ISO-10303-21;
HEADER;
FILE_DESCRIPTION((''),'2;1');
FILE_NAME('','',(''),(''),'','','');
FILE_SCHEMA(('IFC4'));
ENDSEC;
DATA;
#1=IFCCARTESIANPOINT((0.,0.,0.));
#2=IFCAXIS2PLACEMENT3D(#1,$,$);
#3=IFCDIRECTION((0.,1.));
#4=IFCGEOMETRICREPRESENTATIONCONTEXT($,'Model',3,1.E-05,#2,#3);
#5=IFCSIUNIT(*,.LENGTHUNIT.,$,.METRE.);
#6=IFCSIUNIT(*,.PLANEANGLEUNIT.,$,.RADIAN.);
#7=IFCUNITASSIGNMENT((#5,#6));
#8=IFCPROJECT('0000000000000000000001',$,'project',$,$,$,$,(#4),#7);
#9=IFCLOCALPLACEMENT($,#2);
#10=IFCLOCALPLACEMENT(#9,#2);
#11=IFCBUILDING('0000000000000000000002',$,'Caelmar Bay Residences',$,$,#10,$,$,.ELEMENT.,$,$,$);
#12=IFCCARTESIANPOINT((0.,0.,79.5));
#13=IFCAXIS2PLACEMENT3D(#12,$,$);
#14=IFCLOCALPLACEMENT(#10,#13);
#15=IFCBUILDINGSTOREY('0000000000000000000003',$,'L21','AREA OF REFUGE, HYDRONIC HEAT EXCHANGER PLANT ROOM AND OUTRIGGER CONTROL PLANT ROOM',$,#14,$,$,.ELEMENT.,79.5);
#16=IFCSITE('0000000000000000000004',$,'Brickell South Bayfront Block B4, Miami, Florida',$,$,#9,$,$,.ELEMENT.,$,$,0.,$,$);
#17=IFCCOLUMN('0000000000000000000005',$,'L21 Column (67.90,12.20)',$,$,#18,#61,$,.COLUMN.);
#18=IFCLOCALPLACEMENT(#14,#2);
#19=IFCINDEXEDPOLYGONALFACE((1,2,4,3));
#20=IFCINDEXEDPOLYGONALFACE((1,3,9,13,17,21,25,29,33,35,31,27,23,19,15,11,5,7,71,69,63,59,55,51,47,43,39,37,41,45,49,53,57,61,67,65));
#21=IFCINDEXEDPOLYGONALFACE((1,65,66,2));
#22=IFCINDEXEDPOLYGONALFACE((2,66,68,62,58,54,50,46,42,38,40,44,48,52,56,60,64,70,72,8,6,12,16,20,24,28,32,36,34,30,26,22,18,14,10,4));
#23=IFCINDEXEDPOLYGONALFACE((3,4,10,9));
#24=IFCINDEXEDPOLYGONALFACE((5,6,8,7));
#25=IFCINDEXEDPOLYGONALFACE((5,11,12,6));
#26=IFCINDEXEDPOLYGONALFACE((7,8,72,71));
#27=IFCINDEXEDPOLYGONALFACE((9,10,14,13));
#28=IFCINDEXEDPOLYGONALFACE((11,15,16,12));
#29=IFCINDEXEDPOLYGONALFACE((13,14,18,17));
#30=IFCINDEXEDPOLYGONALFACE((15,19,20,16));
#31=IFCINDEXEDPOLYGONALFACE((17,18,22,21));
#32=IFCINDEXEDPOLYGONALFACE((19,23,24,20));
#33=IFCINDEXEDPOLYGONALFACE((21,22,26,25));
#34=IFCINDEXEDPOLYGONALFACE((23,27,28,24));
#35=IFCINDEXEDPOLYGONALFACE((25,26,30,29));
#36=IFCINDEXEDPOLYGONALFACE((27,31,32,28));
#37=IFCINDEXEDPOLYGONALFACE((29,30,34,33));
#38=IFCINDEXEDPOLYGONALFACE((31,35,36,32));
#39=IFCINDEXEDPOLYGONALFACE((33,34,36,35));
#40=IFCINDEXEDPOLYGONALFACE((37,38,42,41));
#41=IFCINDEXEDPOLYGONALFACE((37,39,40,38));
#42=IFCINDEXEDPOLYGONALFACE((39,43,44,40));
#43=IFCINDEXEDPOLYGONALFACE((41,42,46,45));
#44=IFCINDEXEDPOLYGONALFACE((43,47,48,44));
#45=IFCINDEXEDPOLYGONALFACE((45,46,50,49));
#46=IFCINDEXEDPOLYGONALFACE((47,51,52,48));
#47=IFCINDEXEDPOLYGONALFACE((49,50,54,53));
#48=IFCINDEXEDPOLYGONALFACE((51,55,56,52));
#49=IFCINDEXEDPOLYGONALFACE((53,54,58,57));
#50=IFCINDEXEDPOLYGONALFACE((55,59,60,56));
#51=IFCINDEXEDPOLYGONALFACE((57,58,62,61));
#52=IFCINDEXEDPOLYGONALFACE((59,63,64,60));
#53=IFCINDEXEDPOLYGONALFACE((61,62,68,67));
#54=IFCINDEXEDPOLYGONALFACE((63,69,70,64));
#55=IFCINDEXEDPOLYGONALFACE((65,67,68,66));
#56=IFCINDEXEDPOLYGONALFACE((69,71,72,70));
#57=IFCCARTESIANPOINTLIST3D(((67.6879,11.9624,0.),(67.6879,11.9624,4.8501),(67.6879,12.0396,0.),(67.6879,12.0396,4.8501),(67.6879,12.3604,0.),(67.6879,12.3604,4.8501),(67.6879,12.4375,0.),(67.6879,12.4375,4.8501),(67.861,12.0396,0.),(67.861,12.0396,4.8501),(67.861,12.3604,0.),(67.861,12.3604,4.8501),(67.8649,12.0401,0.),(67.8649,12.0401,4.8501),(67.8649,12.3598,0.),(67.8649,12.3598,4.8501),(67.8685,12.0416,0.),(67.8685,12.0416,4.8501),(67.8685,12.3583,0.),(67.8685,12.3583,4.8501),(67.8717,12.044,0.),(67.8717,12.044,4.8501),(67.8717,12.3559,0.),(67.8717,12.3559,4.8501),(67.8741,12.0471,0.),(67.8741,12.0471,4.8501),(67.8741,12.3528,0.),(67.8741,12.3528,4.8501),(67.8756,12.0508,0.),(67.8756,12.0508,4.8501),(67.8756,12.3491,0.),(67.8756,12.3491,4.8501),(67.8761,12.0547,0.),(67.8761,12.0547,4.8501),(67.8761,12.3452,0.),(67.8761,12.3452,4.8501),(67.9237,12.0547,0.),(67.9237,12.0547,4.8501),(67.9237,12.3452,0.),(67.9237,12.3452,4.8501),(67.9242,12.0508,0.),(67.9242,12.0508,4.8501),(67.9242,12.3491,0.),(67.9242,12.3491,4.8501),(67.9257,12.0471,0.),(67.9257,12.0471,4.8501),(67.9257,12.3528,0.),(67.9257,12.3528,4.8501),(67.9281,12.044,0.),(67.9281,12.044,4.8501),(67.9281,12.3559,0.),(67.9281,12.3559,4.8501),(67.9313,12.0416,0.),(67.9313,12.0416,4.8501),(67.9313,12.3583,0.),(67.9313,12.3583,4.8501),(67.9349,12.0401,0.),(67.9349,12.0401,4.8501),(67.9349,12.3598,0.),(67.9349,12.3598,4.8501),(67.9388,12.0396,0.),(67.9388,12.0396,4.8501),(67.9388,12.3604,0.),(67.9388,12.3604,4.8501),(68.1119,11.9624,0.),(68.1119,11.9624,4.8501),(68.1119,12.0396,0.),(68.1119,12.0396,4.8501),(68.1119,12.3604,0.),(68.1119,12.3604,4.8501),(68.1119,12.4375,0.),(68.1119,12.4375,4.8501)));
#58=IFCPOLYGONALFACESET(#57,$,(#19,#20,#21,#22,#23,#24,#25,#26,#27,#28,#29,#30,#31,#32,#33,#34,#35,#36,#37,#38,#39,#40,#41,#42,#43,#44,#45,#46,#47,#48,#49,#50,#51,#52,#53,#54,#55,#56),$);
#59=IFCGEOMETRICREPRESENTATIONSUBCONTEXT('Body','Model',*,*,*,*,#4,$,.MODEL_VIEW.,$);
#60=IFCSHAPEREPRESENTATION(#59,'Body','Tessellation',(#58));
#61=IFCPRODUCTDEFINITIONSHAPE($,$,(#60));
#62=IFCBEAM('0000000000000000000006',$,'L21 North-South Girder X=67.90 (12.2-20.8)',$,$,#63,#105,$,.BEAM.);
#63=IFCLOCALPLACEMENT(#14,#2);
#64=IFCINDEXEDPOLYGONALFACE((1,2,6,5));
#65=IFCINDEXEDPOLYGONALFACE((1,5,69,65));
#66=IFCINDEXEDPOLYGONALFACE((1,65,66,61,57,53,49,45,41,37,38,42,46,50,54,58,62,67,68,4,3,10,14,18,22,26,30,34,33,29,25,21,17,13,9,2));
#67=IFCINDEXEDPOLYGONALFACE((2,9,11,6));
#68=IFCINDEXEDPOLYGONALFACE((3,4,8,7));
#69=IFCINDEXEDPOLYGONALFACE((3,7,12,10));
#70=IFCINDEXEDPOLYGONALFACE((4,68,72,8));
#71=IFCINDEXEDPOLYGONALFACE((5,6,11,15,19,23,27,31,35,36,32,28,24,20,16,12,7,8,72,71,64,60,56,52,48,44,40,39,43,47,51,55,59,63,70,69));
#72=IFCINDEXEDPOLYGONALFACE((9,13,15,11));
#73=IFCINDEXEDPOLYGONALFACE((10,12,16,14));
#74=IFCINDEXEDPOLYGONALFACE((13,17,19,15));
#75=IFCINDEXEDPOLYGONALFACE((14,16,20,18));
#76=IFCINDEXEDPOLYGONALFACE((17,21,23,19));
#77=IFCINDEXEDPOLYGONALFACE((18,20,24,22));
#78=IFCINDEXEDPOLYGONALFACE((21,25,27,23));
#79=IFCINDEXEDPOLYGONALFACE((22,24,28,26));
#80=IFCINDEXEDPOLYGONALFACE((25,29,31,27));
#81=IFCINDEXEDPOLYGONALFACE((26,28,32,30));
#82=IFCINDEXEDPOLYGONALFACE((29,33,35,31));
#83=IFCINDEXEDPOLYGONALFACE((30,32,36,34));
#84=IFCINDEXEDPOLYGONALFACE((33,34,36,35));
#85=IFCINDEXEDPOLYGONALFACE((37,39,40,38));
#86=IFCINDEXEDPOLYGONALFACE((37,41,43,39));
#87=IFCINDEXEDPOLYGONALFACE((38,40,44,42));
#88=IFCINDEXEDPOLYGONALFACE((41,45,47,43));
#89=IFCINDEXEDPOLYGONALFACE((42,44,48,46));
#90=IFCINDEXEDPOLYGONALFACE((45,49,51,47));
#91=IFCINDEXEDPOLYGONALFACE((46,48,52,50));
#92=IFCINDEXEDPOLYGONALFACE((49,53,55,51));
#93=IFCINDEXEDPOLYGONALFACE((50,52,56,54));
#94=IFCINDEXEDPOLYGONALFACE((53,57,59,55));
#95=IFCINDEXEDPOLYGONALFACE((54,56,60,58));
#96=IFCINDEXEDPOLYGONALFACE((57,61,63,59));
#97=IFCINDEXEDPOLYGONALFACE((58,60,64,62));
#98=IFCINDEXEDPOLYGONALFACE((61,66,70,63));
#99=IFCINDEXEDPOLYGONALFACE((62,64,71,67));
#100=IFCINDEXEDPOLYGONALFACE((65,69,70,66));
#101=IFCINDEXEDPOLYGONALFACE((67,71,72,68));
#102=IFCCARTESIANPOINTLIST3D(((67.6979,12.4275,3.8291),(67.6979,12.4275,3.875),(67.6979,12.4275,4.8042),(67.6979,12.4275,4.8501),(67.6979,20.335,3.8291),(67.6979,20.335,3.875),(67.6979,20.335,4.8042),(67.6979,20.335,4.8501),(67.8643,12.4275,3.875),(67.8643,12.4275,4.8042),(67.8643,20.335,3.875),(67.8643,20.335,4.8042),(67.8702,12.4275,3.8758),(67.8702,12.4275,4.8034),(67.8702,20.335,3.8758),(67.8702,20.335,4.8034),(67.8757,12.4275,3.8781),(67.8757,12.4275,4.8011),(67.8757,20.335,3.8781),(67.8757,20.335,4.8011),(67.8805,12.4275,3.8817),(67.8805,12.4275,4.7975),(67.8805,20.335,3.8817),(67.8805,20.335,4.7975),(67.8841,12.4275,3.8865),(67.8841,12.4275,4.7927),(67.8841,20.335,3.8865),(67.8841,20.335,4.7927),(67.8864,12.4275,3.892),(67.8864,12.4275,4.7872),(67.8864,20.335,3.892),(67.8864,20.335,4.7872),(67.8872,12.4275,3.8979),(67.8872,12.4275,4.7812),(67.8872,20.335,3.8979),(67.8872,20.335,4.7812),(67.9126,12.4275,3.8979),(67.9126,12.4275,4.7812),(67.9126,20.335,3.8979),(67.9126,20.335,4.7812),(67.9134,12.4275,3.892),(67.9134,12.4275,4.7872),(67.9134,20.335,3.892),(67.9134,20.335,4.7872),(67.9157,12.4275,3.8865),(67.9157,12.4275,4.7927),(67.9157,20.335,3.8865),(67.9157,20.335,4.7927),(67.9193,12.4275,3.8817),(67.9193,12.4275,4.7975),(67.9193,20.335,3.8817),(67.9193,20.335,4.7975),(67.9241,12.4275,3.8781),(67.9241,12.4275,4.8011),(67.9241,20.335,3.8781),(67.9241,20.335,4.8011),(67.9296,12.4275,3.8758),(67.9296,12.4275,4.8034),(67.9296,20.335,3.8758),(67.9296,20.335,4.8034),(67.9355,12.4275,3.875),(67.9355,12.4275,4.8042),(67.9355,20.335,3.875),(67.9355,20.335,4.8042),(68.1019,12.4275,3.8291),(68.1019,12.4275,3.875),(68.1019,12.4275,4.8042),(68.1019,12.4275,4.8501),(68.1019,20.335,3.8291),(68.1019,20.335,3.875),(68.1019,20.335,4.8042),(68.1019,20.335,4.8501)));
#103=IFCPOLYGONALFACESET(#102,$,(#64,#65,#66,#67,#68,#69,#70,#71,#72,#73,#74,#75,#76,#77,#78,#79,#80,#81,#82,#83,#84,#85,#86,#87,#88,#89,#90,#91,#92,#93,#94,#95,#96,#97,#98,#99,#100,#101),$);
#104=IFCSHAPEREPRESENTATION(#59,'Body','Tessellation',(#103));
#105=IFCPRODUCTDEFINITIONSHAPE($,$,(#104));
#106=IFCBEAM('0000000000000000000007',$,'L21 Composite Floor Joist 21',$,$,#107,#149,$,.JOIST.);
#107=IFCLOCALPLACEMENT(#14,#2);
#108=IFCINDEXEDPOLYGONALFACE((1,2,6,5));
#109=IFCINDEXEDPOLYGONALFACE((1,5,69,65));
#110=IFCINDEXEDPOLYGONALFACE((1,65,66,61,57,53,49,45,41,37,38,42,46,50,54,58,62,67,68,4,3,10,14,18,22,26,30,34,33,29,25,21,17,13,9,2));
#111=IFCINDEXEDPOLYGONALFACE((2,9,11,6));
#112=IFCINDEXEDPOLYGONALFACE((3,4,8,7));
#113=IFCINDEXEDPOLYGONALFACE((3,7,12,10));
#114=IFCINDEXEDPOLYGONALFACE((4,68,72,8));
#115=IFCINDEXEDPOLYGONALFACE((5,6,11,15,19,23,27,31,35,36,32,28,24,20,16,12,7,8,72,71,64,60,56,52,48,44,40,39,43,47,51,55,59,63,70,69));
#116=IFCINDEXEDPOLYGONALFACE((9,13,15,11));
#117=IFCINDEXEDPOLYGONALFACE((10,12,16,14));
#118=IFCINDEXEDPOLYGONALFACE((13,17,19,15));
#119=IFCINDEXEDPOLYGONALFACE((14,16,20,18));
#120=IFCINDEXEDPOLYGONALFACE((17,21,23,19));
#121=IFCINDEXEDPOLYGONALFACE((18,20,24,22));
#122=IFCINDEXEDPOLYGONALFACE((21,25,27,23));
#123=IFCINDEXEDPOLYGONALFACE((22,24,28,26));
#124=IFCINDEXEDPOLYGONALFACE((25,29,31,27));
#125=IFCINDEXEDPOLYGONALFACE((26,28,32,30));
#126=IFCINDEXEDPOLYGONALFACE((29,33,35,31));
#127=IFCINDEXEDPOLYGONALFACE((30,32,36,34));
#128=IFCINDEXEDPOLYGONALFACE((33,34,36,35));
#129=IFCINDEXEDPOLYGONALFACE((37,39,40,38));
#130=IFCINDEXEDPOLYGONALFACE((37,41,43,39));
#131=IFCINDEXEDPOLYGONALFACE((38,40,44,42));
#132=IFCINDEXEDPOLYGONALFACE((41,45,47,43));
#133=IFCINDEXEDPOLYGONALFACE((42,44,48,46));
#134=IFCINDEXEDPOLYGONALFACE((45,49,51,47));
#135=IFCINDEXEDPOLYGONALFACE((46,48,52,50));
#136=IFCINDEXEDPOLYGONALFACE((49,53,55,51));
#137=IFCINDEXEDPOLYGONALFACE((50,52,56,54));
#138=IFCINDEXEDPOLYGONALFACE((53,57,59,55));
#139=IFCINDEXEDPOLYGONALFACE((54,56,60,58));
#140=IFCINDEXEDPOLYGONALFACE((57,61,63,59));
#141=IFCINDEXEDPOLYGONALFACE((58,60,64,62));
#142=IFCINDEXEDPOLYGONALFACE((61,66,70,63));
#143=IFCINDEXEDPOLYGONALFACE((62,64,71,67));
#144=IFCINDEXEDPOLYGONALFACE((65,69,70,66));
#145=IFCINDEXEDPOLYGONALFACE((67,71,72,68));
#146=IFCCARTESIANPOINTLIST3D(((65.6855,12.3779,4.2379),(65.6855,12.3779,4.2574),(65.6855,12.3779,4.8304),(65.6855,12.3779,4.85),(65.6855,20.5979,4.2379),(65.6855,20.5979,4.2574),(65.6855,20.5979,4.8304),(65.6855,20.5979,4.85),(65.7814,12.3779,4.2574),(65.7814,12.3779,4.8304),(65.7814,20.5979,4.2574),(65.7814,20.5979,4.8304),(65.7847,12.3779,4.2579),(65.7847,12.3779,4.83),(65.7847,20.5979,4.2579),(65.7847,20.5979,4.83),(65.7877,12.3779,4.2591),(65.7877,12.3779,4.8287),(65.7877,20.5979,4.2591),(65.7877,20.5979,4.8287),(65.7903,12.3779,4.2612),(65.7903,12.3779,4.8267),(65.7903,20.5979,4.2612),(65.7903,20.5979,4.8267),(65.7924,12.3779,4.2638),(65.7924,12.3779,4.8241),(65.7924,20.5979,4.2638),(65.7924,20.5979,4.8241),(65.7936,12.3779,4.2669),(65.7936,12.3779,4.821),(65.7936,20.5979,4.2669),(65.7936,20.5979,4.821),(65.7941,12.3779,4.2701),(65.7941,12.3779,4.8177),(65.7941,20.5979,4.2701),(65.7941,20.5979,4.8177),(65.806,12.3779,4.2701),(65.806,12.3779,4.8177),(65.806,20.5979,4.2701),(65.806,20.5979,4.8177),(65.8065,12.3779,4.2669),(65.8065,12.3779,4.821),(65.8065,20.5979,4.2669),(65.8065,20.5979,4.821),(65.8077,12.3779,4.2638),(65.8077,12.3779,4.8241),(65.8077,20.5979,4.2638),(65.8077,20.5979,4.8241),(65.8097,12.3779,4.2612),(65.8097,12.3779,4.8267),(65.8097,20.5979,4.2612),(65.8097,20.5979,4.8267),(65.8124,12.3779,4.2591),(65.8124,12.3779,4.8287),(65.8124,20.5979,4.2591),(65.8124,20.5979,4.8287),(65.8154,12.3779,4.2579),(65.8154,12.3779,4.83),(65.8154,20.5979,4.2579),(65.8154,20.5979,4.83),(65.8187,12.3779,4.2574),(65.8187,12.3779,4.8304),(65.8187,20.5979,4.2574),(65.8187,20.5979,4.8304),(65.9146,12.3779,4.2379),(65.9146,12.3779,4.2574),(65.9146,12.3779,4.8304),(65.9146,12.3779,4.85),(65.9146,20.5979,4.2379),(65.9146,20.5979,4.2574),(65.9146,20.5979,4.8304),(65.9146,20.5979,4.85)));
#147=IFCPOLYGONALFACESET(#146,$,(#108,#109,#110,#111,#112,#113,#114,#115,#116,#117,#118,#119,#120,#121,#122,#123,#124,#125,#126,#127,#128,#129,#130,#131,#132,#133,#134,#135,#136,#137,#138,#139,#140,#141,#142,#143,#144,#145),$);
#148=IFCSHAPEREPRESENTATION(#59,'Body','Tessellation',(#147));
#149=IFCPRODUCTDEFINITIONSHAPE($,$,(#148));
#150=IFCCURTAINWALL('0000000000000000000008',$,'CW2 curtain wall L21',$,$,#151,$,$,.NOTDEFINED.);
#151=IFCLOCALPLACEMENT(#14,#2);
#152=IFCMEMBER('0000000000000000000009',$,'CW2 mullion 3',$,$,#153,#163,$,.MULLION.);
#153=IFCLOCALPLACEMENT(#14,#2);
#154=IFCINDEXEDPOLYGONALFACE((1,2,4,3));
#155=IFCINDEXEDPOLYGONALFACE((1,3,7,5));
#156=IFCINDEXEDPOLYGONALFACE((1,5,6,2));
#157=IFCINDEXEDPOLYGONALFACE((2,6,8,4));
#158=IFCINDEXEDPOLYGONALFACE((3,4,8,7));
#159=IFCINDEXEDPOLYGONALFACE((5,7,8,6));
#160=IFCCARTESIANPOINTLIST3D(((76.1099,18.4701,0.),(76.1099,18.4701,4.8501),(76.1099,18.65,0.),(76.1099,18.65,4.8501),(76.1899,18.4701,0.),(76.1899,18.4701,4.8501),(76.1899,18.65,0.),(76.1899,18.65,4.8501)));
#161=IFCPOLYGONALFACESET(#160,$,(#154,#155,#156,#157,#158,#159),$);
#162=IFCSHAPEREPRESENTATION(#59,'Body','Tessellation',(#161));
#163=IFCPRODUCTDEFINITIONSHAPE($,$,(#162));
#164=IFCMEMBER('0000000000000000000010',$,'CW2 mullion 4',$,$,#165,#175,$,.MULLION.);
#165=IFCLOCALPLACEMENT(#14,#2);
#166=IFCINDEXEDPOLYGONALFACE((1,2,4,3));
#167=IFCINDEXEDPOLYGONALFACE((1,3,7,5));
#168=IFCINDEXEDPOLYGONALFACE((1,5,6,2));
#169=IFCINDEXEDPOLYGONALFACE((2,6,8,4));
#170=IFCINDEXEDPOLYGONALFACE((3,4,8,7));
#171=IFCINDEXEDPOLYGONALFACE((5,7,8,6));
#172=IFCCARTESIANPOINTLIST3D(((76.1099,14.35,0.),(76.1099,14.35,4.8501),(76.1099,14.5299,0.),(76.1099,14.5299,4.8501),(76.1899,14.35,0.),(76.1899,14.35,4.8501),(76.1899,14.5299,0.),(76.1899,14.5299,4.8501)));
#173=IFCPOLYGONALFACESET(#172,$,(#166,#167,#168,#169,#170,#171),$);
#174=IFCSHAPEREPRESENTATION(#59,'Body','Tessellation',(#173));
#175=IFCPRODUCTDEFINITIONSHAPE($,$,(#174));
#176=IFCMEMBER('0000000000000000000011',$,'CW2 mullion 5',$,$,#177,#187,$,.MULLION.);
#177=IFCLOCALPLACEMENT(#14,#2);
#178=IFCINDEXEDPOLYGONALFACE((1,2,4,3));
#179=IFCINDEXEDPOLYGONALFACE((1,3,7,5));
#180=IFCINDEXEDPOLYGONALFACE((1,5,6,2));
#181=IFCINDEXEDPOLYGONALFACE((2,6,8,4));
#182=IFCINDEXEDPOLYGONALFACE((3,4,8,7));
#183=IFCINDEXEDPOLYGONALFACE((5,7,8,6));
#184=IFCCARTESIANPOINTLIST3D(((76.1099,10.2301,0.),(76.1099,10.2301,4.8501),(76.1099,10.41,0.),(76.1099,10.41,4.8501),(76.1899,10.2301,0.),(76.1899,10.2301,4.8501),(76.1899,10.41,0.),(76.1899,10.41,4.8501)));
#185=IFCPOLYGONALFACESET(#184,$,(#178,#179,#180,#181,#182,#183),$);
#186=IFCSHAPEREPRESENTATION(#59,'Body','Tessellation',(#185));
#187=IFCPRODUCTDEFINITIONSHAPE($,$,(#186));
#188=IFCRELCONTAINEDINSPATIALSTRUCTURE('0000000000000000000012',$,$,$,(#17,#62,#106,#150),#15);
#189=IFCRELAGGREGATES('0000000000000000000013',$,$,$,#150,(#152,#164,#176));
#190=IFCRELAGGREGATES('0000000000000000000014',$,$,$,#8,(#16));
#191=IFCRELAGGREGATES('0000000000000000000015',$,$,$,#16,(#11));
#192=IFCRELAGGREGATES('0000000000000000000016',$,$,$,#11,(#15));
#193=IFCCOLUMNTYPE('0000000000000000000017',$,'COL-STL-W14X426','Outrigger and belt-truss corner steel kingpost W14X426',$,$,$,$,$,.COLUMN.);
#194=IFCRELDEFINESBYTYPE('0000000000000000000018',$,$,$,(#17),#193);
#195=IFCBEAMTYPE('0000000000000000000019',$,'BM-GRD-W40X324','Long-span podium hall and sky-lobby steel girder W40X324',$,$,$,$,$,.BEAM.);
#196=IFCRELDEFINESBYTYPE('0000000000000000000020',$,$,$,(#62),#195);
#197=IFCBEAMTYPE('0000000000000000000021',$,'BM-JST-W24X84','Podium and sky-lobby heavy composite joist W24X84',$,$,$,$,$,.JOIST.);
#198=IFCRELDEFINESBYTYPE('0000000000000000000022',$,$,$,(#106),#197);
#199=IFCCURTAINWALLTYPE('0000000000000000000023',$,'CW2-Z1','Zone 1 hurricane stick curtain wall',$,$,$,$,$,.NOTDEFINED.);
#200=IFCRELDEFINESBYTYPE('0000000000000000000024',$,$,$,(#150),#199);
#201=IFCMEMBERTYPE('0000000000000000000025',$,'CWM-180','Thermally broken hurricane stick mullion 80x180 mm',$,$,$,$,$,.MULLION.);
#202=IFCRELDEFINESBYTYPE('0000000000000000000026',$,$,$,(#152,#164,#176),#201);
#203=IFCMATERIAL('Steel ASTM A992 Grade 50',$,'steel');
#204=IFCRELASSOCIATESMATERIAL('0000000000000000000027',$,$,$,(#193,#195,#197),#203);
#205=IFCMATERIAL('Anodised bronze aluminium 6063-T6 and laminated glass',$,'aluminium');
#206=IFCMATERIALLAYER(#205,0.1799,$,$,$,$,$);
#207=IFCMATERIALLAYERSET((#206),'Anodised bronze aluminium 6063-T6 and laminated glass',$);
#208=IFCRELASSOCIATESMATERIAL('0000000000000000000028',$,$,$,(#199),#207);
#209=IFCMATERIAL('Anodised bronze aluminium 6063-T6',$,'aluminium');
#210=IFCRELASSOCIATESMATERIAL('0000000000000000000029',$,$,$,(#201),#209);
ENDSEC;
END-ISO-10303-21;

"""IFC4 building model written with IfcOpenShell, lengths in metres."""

from ifc_helpers import new_model, si_unit, direction, frame, origin, origin_2d, place, context, subcontext, project, spatial, rectangle, i_section, extrude, material, layer, layer_set, material_profile, profile_set, type_object, element, aggregate, save


model = new_model("IFC4")

# Units and contexts
model_context = context("Model", 3, precision=1e-05, world=origin(), true_north=direction((0.0, 1.0)))
body_context = subcontext(model_context, "Body", "Model", "MODEL_VIEW")
ifc_project = project(units=[si_unit("LENGTHUNIT", "METRE"), si_unit("PLANEANGLEUNIT", "RADIAN")], contexts=[model_context])

# Site, building, storey
site_placement = place(None, origin())
site = spatial("IfcSite", under=ifc_project, at=site_placement, Name="Brickell South Bayfront Block B4, Miami, Florida", CompositionType="ELEMENT", RefElevation=0.0)
building_placement = place(site_placement, origin())
building = spatial("IfcBuilding", under=site, at=building_placement, Name="Caelmar Bay Residences", CompositionType="ELEMENT")
storey_placement = place(building_placement, frame((0.0, 0.0, 79.5)))
storey = spatial("IfcBuildingStorey", under=building, at=storey_placement, Name="L21", Description="AREA OF REFUGE, HYDRONIC HEAT EXCHANGER PLANT ROOM AND OUTRIGGER CONTROL PLANT ROOM", CompositionType="ELEMENT", Elevation=79.5)

# Column
ifc_material_1 = material(Name="Steel ASTM A992 Grade 50", Category="steel")
ifc_material_profile_1 = material_profile(ifc_material_1, i_section(OverallWidth=0.4241, OverallDepth=0.4751, WebThickness=0.0476, FlangeThickness=0.0771, FilletRadius=0.0151, at=origin_2d()), Name="W14X426")
ifc_profile_set_1 = profile_set([ifc_material_profile_1], Name="Steel ASTM A992 Grade 50")
column_type = type_object("IfcColumnType", Name="COL-STL-W14X426", Description="Outrigger and belt-truss corner steel kingpost W14X426", PredefinedType="COLUMN", material=ifc_profile_set_1)
column_placement = place(storey_placement, frame((67.8999, 12.2, 0.0), z_axis=(0.0, 0.0, 1.0), x_axis=(1.0, 0.0, 0.0)))
element("IfcColumn", 1, at=column_placement, inside=storey, type_object=column_type, Name="L21 Column (67.90,12.20)", PredefinedType="COLUMN", context=body_context, shape_type="SweptSolid", body=[
    extrude(i_section(OverallWidth=0.4241, OverallDepth=0.4751, WebThickness=0.0476, FlangeThickness=0.0771, FilletRadius=0.0151, at=origin_2d()), origin(), (0.0, 0.0, 1.0), 4.8501),
])

# Beams
ifc_material_profile_2 = material_profile(ifc_material_1, i_section(OverallWidth=0.4041, OverallDepth=1.021, WebThickness=0.0254, FlangeThickness=0.0459, FilletRadius=0.0229, at=origin_2d()), Name="W40X324")
ifc_profile_set_2 = profile_set([ifc_material_profile_2], Name="Steel ASTM A992 Grade 50")
beam_type_1 = type_object("IfcBeamType", Name="BM-GRD-W40X324", Description="Long-span podium hall and sky-lobby steel girder W40X324", PredefinedType="BEAM", material=ifc_profile_set_2)
beam_1_placement = place(storey_placement, frame((67.8999, 12.4275, 4.3396), z_axis=(0.0, 1.0, 0.0), x_axis=(-1.0, 0.0, 0.0)))
element("IfcBeam", 2, at=beam_1_placement, inside=storey, type_object=beam_type_1, Name="L21 North-South Girder X=67.90 (12.2-20.8)", PredefinedType="BEAM", context=body_context, shape_type="SweptSolid", body=[
    extrude(i_section(OverallWidth=0.4041, OverallDepth=1.021, WebThickness=0.0254, FlangeThickness=0.0459, FilletRadius=0.0229, at=origin_2d()), origin(), (0.0, 0.0, 1.0), 7.9075),
])
ifc_material_profile_3 = material_profile(ifc_material_1, i_section(OverallWidth=0.229, OverallDepth=0.6121, WebThickness=0.012, FlangeThickness=0.0195, FilletRadius=0.0127, at=origin_2d()), Name="W24X84")
ifc_profile_set_3 = profile_set([ifc_material_profile_3], Name="Steel ASTM A992 Grade 50")
beam_type_2 = type_object("IfcBeamType", Name="BM-JST-W24X84", Description="Podium and sky-lobby heavy composite joist W24X84", PredefinedType="JOIST", material=ifc_profile_set_3)
beam_2_placement = place(storey_placement, frame((65.8, 12.3779, 4.5439), z_axis=(0.0, 1.0, 0.0), x_axis=(-1.0, 0.0, 0.0)))
element("IfcBeam", 3, at=beam_2_placement, inside=storey, type_object=beam_type_2, Name="L21 Composite Floor Joist 21", PredefinedType="JOIST", context=body_context, shape_type="SweptSolid", body=[
    extrude(i_section(OverallWidth=0.229, OverallDepth=0.6121, WebThickness=0.012, FlangeThickness=0.0195, FilletRadius=0.0127, at=origin_2d()), origin(), (0.0, 0.0, 1.0), 8.22),
])

# Curtain wall, members
ifc_material_2 = material(Name="Anodised bronze aluminium 6063-T6 and laminated glass", Category="aluminium")
ifc_layer_1 = layer(ifc_material_2, 0.1799)
ifc_layer_set_1 = layer_set([ifc_layer_1], Name="Anodised bronze aluminium 6063-T6 and laminated glass")
curtain_wall_type = type_object("IfcCurtainWallType", Name="CW2-Z1", Description="Zone 1 hurricane stick curtain wall", PredefinedType="NOTDEFINED", material=ifc_layer_set_1)
curtain_wall_placement = place(storey_placement, origin())
curtain_wall = element("IfcCurtainWall", 4, at=curtain_wall_placement, inside=storey, type_object=curtain_wall_type, Name="CW2 curtain wall L21", PredefinedType="NOTDEFINED")
ifc_material_3 = material(Name="Anodised bronze aluminium 6063-T6", Category="aluminium")
ifc_material_profile_4 = material_profile(ifc_material_3, rectangle(XDim=0.0801, YDim=0.1799, at=origin_2d()), Name="CWM-80X180")
ifc_profile_set_4 = profile_set([ifc_material_profile_4], Name="Anodised bronze aluminium 6063-T6")
member_type_1 = type_object("IfcMemberType", Name="CWM-180", Description="Thermally broken hurricane stick mullion 80x180 mm", PredefinedType="MULLION", material=ifc_profile_set_4)
member_1_placement = place(storey_placement, frame((76.1499, 18.5601, 0.0), z_axis=(0.0, 0.0, 1.0), x_axis=(1.0, 0.0, 0.0)))
member_1 = element("IfcMember", 5, at=member_1_placement, type_object=member_type_1, Name="CW2 mullion 3", PredefinedType="MULLION", context=body_context, shape_type="SweptSolid", body=[
    extrude(rectangle(XDim=0.0801, YDim=0.1799, at=origin_2d()), origin(), (0.0, 0.0, 1.0), 4.8501),
])
member_2_placement = place(storey_placement, frame((76.1499, 14.4399, 0.0), z_axis=(0.0, 0.0, 1.0), x_axis=(1.0, 0.0, 0.0)))
member_2 = element("IfcMember", 6, at=member_2_placement, type_object=member_type_1, Name="CW2 mullion 4", PredefinedType="MULLION", context=body_context, shape_type="SweptSolid", body=[
    extrude(rectangle(XDim=0.0801, YDim=0.1799, at=origin_2d()), origin(), (0.0, 0.0, 1.0), 4.8501),
])
member_3_placement = place(storey_placement, frame((76.1499, 10.3201, 0.0), z_axis=(0.0, 0.0, 1.0), x_axis=(1.0, 0.0, 0.0)))
member_3 = element("IfcMember", 7, at=member_3_placement, type_object=member_type_1, Name="CW2 mullion 5", PredefinedType="MULLION", context=body_context, shape_type="SweptSolid", body=[
    extrude(rectangle(XDim=0.0801, YDim=0.1799, at=origin_2d()), origin(), (0.0, 0.0, 1.0), 4.8501),
])
aggregate(curtain_wall, [member_1, member_2, member_3])

save(model, "model.ifc")
